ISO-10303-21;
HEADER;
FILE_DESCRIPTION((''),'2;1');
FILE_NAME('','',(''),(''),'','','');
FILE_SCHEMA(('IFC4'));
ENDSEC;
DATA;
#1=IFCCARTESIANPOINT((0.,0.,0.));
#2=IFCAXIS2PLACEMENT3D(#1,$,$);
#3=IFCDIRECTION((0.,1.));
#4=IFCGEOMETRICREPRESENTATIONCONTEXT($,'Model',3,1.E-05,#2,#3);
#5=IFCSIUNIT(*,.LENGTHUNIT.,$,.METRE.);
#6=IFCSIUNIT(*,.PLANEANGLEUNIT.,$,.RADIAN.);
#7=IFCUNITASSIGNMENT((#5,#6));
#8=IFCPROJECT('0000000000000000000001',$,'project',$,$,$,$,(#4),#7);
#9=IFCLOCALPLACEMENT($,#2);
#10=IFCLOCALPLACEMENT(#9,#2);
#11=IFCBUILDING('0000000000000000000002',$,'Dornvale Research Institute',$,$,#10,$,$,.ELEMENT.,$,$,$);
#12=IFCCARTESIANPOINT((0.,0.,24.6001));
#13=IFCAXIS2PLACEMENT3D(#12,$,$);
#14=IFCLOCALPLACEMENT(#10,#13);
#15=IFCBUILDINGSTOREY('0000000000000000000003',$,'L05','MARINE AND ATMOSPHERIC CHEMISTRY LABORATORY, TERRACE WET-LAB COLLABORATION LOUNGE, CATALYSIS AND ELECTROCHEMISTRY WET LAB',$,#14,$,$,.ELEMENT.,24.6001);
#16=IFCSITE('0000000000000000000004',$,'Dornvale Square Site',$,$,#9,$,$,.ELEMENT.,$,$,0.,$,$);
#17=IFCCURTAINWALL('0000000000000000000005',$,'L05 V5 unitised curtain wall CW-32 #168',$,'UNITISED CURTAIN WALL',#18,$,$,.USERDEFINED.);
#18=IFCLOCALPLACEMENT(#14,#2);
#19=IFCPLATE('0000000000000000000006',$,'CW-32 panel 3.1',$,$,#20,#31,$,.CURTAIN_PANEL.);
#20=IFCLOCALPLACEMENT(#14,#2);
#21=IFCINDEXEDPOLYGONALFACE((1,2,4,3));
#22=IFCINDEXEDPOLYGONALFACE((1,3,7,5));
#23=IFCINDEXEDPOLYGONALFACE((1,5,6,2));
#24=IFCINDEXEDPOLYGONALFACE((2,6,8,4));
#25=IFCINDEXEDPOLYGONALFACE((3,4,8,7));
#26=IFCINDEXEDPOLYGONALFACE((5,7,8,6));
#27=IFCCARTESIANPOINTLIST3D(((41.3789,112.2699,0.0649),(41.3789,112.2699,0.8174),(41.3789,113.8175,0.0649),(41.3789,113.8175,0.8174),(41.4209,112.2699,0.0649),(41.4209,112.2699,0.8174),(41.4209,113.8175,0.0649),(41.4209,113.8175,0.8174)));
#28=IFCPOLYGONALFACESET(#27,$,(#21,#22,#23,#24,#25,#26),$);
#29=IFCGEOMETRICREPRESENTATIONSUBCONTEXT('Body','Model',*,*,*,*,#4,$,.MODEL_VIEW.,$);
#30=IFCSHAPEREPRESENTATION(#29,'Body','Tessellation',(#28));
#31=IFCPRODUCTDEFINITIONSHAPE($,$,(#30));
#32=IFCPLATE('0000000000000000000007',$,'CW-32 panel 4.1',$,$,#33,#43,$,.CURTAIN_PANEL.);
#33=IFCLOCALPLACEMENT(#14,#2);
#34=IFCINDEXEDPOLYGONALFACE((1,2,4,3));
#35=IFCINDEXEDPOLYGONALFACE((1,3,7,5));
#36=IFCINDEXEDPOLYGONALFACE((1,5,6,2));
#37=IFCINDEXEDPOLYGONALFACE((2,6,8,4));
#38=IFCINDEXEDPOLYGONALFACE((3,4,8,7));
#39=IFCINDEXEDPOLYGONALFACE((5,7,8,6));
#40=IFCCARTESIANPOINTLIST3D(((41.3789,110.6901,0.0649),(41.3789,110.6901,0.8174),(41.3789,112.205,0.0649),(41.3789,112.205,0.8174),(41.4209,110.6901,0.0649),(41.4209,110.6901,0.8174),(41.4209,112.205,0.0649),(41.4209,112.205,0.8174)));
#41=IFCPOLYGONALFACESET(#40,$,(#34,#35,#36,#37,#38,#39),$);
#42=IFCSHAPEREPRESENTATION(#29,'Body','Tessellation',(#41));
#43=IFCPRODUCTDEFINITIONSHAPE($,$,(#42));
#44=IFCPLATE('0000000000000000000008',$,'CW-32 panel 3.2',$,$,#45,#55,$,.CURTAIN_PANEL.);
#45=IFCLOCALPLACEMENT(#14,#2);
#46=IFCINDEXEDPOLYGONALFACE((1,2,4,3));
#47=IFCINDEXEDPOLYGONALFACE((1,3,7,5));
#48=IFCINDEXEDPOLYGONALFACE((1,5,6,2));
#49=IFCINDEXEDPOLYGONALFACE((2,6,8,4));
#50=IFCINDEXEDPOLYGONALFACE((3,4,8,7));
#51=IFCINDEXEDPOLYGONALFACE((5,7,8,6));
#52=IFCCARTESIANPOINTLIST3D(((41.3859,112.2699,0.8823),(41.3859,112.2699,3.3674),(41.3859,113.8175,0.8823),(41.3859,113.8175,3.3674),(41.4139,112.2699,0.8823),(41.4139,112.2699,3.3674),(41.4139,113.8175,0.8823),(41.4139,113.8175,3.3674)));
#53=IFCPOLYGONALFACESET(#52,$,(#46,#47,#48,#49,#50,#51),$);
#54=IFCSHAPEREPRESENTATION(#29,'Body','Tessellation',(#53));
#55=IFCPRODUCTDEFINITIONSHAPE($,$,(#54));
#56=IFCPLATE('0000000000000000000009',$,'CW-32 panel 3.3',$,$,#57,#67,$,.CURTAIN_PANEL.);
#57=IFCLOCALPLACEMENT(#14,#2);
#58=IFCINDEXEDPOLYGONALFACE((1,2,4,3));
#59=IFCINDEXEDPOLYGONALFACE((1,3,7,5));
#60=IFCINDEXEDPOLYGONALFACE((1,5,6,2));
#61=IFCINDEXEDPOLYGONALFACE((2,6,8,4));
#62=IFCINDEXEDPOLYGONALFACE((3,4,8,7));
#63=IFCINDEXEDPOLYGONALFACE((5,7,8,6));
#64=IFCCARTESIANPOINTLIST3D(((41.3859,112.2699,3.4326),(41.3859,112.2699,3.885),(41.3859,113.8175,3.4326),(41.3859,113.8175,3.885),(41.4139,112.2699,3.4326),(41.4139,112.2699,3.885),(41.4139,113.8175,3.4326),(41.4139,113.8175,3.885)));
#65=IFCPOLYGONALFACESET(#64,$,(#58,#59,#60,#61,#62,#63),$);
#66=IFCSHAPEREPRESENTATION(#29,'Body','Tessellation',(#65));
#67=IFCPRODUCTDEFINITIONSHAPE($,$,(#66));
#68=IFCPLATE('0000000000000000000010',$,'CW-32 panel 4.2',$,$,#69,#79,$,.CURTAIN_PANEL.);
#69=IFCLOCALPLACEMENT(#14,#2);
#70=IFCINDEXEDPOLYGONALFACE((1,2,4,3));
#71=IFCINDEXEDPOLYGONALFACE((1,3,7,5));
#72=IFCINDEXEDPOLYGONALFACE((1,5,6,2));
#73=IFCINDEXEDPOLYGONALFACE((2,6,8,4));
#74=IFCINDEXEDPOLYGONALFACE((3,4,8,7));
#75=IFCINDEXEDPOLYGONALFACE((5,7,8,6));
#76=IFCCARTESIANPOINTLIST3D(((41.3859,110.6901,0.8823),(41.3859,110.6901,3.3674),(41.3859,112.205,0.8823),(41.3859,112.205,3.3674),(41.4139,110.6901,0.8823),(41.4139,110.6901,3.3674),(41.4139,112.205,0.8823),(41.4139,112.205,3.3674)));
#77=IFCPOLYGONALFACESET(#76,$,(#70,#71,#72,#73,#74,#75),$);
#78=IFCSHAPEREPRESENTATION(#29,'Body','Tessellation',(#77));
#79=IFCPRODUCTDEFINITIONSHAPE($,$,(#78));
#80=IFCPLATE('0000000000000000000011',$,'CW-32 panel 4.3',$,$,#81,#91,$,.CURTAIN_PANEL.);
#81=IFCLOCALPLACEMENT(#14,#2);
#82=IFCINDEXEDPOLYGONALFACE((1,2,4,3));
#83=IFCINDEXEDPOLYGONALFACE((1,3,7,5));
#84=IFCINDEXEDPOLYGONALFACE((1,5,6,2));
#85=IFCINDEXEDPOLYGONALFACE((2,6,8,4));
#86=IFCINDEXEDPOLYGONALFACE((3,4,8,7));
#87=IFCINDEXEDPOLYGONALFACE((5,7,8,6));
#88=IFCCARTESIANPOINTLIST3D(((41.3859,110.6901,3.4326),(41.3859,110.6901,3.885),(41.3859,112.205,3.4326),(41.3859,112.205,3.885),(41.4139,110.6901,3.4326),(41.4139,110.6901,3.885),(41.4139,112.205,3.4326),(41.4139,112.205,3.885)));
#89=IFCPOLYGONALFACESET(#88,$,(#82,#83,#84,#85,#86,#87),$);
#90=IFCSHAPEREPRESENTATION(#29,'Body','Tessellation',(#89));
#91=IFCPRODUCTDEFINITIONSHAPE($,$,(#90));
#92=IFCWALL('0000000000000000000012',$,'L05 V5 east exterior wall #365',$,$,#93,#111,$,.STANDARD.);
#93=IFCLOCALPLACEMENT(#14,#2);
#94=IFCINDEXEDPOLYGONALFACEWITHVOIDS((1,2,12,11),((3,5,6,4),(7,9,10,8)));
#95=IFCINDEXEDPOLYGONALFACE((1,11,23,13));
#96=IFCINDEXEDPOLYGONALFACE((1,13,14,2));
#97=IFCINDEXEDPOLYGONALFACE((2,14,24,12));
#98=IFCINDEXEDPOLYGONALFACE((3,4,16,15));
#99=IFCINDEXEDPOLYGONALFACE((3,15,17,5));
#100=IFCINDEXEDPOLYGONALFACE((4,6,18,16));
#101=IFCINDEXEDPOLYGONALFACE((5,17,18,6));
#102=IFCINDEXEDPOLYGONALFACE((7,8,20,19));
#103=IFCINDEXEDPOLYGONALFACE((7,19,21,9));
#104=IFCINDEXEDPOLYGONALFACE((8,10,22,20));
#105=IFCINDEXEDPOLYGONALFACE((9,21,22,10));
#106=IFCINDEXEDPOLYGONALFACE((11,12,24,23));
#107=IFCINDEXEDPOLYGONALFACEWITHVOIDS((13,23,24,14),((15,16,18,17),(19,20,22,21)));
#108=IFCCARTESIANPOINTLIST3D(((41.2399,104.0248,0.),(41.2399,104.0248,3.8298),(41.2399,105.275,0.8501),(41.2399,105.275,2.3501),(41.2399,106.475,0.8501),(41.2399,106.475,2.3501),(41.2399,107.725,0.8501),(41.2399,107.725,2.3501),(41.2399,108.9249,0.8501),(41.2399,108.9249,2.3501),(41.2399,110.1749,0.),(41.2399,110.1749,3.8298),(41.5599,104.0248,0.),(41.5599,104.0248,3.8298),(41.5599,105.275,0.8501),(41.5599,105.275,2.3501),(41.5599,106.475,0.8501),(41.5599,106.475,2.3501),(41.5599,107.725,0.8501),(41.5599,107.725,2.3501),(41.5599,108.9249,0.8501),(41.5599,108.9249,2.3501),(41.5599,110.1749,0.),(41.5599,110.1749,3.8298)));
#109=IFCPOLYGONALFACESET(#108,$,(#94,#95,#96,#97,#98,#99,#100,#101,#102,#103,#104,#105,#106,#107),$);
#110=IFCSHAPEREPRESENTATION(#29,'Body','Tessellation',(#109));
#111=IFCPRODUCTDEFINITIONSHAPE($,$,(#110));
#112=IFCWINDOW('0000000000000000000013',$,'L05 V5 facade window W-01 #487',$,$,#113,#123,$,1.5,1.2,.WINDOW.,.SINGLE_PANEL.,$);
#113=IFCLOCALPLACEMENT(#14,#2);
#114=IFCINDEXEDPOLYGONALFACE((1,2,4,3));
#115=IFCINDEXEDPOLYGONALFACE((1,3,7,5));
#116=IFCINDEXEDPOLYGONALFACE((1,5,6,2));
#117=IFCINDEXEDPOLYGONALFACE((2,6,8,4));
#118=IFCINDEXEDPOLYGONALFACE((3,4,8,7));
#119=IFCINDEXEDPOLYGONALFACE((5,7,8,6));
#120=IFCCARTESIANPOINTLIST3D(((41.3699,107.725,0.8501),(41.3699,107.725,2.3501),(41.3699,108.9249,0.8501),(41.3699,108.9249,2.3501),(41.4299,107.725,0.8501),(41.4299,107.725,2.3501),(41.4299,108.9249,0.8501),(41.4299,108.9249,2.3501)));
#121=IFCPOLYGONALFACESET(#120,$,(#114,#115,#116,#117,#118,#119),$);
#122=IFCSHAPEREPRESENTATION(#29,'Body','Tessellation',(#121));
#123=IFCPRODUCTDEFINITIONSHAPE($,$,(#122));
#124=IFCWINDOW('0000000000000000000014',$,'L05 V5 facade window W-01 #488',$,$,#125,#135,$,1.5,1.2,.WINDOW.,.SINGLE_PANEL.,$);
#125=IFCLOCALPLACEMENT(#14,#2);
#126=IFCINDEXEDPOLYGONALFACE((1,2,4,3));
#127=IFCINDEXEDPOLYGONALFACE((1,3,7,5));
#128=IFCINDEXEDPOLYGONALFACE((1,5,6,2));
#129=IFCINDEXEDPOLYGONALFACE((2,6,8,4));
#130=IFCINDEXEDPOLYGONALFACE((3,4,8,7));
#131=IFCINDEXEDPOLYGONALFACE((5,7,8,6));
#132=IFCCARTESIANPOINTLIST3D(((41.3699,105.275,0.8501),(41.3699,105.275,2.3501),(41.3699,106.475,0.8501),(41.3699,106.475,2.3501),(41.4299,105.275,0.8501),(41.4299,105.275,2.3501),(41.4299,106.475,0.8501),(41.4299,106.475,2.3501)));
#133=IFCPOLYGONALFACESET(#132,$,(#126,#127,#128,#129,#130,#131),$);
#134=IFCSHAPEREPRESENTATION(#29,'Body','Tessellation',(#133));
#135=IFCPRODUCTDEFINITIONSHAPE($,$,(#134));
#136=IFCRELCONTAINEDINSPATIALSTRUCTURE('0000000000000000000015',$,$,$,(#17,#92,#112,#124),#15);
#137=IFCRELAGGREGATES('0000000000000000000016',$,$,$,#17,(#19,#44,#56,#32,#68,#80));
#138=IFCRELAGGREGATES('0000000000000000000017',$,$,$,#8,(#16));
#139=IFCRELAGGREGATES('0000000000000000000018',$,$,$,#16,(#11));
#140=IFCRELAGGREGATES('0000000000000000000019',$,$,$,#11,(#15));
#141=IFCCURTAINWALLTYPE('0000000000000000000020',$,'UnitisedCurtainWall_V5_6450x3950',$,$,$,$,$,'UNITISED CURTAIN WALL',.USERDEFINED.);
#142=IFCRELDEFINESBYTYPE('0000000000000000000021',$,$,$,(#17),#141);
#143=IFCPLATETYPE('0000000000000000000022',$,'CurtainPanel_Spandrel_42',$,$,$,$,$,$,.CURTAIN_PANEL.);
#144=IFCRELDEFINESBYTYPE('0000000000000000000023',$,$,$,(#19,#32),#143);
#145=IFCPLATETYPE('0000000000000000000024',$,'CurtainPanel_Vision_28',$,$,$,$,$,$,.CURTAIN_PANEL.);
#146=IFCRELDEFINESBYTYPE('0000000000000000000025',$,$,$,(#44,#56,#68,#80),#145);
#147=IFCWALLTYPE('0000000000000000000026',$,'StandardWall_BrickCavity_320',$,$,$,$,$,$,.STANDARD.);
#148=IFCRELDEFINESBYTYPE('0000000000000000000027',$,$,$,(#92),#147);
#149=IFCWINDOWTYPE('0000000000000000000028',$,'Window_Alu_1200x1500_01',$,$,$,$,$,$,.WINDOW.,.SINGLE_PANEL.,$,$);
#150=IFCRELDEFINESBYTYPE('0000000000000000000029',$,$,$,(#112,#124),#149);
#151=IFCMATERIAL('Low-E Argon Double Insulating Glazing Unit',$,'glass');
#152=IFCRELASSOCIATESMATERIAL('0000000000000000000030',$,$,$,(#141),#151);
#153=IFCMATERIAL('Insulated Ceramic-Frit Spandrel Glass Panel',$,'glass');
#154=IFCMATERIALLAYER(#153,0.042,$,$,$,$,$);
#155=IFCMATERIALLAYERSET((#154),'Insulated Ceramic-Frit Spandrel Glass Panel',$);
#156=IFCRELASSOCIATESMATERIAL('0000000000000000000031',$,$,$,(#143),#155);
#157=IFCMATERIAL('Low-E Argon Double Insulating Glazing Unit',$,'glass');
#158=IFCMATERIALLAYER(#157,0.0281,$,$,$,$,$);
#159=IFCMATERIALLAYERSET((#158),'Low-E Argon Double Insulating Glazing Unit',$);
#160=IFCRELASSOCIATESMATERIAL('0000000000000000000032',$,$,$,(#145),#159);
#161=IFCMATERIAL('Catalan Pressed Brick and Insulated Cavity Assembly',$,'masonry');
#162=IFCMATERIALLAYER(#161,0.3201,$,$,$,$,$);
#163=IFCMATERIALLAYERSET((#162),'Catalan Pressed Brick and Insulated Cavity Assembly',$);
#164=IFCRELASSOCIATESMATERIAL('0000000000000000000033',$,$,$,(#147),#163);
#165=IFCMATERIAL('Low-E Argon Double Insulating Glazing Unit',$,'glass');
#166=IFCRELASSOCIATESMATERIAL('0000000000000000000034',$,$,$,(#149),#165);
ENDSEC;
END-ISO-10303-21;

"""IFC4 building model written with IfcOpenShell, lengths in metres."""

from ifc_helpers import new_model, si_unit, direction, frame, frame_2d, origin, origin_2d, place, context, subcontext, project, spatial, rectangle, extrude, material, layer, layer_set, type_object, element, fill, aggregate, save


model = new_model("IFC4")

# Units and contexts
model_context = context("Model", 3, precision=1e-05, world=origin(), true_north=direction((0.0, 1.0)))
body_context = subcontext(model_context, "Body", "Model", "MODEL_VIEW")
ifc_project = project(units=[si_unit("LENGTHUNIT", "METRE"), si_unit("PLANEANGLEUNIT", "RADIAN")], contexts=[model_context])

# Site, building, storey
site_placement = place(None, origin())
site = spatial("IfcSite", under=ifc_project, at=site_placement, Name="Dornvale Square Site", CompositionType="ELEMENT", RefElevation=0.0)
building_placement = place(site_placement, origin())
building = spatial("IfcBuilding", under=site, at=building_placement, Name="Dornvale Research Institute", CompositionType="ELEMENT")
storey_placement = place(building_placement, frame((0.0, 0.0, 24.6001)))
storey = spatial("IfcBuildingStorey", under=building, at=storey_placement, Name="L05", Description="MARINE AND ATMOSPHERIC CHEMISTRY LABORATORY, TERRACE WET-LAB COLLABORATION LOUNGE, CATALYSIS AND ELECTROCHEMISTRY WET LAB", CompositionType="ELEMENT", Elevation=24.6001)

# Curtain wall
ifc_material_1 = material(Name="Low-E Argon Double Insulating Glazing Unit", Category="glass")
curtain_wall_type = type_object("IfcCurtainWallType", Name="UnitisedCurtainWall_V5_6450x3950", ElementType="UNITISED CURTAIN WALL", PredefinedType="USERDEFINED", material=ifc_material_1)
curtain_wall_placement = place(storey_placement, origin())
curtain_wall = element("IfcCurtainWall", 1, at=curtain_wall_placement, inside=storey, type_object=curtain_wall_type, Name="L05 V5 unitised curtain wall CW-32 #168", ObjectType="UNITISED CURTAIN WALL", PredefinedType="USERDEFINED")

# Plates
ifc_material_2 = material(Name="Insulated Ceramic-Frit Spandrel Glass Panel", Category="glass")
ifc_layer_1 = layer(ifc_material_2, 0.042)
ifc_layer_set_1 = layer_set([ifc_layer_1], Name="Insulated Ceramic-Frit Spandrel Glass Panel")
plate_type_1 = type_object("IfcPlateType", Name="CurtainPanel_Spandrel_42", PredefinedType="CURTAIN_PANEL", material=ifc_layer_set_1)
plate_1_placement = place(storey_placement, frame((41.3999, 113.0437, 0.0649), z_axis=(0.0, 0.0, 1.0), x_axis=(0.0, -1.0, 0.0)))
plate_1 = element("IfcPlate", 2, at=plate_1_placement, type_object=plate_type_1, Name="CW-32 panel 3.1", PredefinedType="CURTAIN_PANEL", context=body_context, shape_type="SweptSolid", body=[
    extrude(rectangle(XDim=1.5476, YDim=0.042, at=origin_2d()), origin(), (0.0, 0.0, 1.0), 0.7524),
])
plate_2_placement = place(storey_placement, frame((41.3999, 111.4475, 0.0649), z_axis=(0.0, 0.0, 1.0), x_axis=(0.0, -1.0, 0.0)))
plate_2 = element("IfcPlate", 3, at=plate_2_placement, type_object=plate_type_1, Name="CW-32 panel 4.1", PredefinedType="CURTAIN_PANEL", context=body_context, shape_type="SweptSolid", body=[
    extrude(rectangle(XDim=1.5149, YDim=0.042, at=origin_2d()), origin(), (0.0, 0.0, 1.0), 0.7524),
])
ifc_material_3 = material(Name="Low-E Argon Double Insulating Glazing Unit", Category="glass")
ifc_layer_2 = layer(ifc_material_3, 0.0281)
ifc_layer_set_2 = layer_set([ifc_layer_2], Name="Low-E Argon Double Insulating Glazing Unit")
plate_type_2 = type_object("IfcPlateType", Name="CurtainPanel_Vision_28", PredefinedType="CURTAIN_PANEL", material=ifc_layer_set_2)
plate_3_placement = place(storey_placement, frame((41.3999, 113.0437, 0.8823), z_axis=(0.0, 0.0, 1.0), x_axis=(0.0, -1.0, 0.0)))
plate_3 = element("IfcPlate", 4, at=plate_3_placement, type_object=plate_type_2, Name="CW-32 panel 3.2", PredefinedType="CURTAIN_PANEL", context=body_context, shape_type="SweptSolid", body=[
    extrude(rectangle(XDim=1.5476, YDim=0.0281, at=origin_2d()), origin(), (0.0, 0.0, 1.0), 2.4851),
])
plate_4_placement = place(storey_placement, frame((41.3999, 113.0437, 3.4326), z_axis=(0.0, 0.0, 1.0), x_axis=(0.0, -1.0, 0.0)))
plate_4 = element("IfcPlate", 5, at=plate_4_placement, type_object=plate_type_2, Name="CW-32 panel 3.3", PredefinedType="CURTAIN_PANEL", context=body_context, shape_type="SweptSolid", body=[
    extrude(rectangle(XDim=1.5476, YDim=0.0281, at=origin_2d()), origin(), (0.0, 0.0, 1.0), 0.4524),
])
plate_5_placement = place(storey_placement, frame((41.3999, 111.4475, 0.8823), z_axis=(0.0, 0.0, 1.0), x_axis=(0.0, -1.0, 0.0)))
plate_5 = element("IfcPlate", 6, at=plate_5_placement, type_object=plate_type_2, Name="CW-32 panel 4.2", PredefinedType="CURTAIN_PANEL", context=body_context, shape_type="SweptSolid", body=[
    extrude(rectangle(XDim=1.5149, YDim=0.0281, at=origin_2d()), origin(), (0.0, 0.0, 1.0), 2.4851),
])
plate_6_placement = place(storey_placement, frame((41.3999, 111.4475, 3.4326), z_axis=(0.0, 0.0, 1.0), x_axis=(0.0, -1.0, 0.0)))
plate_6 = element("IfcPlate", 7, at=plate_6_placement, type_object=plate_type_2, Name="CW-32 panel 4.3", PredefinedType="CURTAIN_PANEL", context=body_context, shape_type="SweptSolid", body=[
    extrude(rectangle(XDim=1.5149, YDim=0.0281, at=origin_2d()), origin(), (0.0, 0.0, 1.0), 0.4524),
])
aggregate(curtain_wall, [plate_1, plate_3, plate_4, plate_2, plate_5, plate_6])

# Wall, openings, windows
ifc_material_4 = material(Name="Catalan Pressed Brick and Insulated Cavity Assembly", Category="masonry")
ifc_layer_3 = layer(ifc_material_4, 0.3201)
ifc_layer_set_3 = layer_set([ifc_layer_3], Name="Catalan Pressed Brick and Insulated Cavity Assembly")
wall_type = type_object("IfcWallType", Name="StandardWall_BrickCavity_320", PredefinedType="STANDARD", material=ifc_layer_set_3)
wall_placement = place(storey_placement, frame((41.3999, 110.175, 0.0), z_axis=(0.0, 0.0, 1.0), x_axis=(0.0, -1.0, 0.0)))
wall = element("IfcWall", 8, at=wall_placement, inside=storey, type_object=wall_type, Name="L05 V5 east exterior wall #365", PredefinedType="STANDARD", context=body_context, shape_type="SweptSolid", body=[
    extrude(rectangle(XDim=6.1501, YDim=0.3201, at=frame_2d((3.0752, 0.0))), origin(), (0.0, 0.0, 1.0), 3.8298),
])
opening_1_placement = place(wall_placement, frame((1.25, 0.0, 0.8501)))
opening_1 = element("IfcOpeningElement", 9, at=opening_1_placement, cuts=wall, PredefinedType="OPENING", context=body_context, shape_type="SweptSolid", body=[
    extrude(rectangle(XDim=1.2, YDim=1.5, at=frame_2d((0.6001, 0.75))), frame((0.0, 0.175, 0.0), z_axis=(0.0, -1.0, 0.0), x_axis=(1.0, 0.0, 0.0)), (0.0, 0.0, 1.0), 0.3501),
])
opening_2_placement = place(wall_placement, frame((3.7, 0.0, 0.8501)))
opening_2 = element("IfcOpeningElement", 10, at=opening_2_placement, cuts=wall, PredefinedType="OPENING", context=body_context, shape_type="SweptSolid", body=[
    extrude(rectangle(XDim=1.2, YDim=1.5, at=frame_2d((0.6001, 0.75))), frame((0.0, 0.175, 0.0), z_axis=(0.0, -1.0, 0.0), x_axis=(1.0, 0.0, 0.0)), (0.0, 0.0, 1.0), 0.3501),
])
ifc_material_5 = material(Name="Low-E Argon Double Insulating Glazing Unit", Category="glass")
window_type = type_object("IfcWindowType", Name="Window_Alu_1200x1500_01", PartitioningType="SINGLE_PANEL", PredefinedType="WINDOW", material=ifc_material_5)
window_1_placement = place(opening_1_placement, origin())
window_1 = element("IfcWindow", 11, at=window_1_placement, inside=storey, type_object=window_type, Name="L05 V5 facade window W-01 #487", OverallHeight=1.5, OverallWidth=1.2, PartitioningType="SINGLE_PANEL", PredefinedType="WINDOW", context=body_context, shape_type="SweptSolid", body=[
    extrude(rectangle(XDim=1.2, YDim=1.5, at=frame_2d((0.6001, 0.75))), frame((0.0, 0.03, 0.0), z_axis=(0.0, -1.0, 0.0), x_axis=(1.0, 0.0, 0.0)), (0.0, 0.0, 1.0), 0.0601),
])
fill(opening_1, window_1)
window_2_placement = place(opening_2_placement, origin())
window_2 = element("IfcWindow", 12, at=window_2_placement, inside=storey, type_object=window_type, Name="L05 V5 facade window W-01 #488", OverallHeight=1.5, OverallWidth=1.2, PartitioningType="SINGLE_PANEL", PredefinedType="WINDOW", context=body_context, shape_type="SweptSolid", body=[
    extrude(rectangle(XDim=1.2, YDim=1.5, at=frame_2d((0.6001, 0.75))), frame((0.0, 0.03, 0.0), z_axis=(0.0, -1.0, 0.0), x_axis=(1.0, 0.0, 0.0)), (0.0, 0.0, 1.0), 0.0601),
])
fill(opening_2, window_2)

save(model, "model.ifc")
